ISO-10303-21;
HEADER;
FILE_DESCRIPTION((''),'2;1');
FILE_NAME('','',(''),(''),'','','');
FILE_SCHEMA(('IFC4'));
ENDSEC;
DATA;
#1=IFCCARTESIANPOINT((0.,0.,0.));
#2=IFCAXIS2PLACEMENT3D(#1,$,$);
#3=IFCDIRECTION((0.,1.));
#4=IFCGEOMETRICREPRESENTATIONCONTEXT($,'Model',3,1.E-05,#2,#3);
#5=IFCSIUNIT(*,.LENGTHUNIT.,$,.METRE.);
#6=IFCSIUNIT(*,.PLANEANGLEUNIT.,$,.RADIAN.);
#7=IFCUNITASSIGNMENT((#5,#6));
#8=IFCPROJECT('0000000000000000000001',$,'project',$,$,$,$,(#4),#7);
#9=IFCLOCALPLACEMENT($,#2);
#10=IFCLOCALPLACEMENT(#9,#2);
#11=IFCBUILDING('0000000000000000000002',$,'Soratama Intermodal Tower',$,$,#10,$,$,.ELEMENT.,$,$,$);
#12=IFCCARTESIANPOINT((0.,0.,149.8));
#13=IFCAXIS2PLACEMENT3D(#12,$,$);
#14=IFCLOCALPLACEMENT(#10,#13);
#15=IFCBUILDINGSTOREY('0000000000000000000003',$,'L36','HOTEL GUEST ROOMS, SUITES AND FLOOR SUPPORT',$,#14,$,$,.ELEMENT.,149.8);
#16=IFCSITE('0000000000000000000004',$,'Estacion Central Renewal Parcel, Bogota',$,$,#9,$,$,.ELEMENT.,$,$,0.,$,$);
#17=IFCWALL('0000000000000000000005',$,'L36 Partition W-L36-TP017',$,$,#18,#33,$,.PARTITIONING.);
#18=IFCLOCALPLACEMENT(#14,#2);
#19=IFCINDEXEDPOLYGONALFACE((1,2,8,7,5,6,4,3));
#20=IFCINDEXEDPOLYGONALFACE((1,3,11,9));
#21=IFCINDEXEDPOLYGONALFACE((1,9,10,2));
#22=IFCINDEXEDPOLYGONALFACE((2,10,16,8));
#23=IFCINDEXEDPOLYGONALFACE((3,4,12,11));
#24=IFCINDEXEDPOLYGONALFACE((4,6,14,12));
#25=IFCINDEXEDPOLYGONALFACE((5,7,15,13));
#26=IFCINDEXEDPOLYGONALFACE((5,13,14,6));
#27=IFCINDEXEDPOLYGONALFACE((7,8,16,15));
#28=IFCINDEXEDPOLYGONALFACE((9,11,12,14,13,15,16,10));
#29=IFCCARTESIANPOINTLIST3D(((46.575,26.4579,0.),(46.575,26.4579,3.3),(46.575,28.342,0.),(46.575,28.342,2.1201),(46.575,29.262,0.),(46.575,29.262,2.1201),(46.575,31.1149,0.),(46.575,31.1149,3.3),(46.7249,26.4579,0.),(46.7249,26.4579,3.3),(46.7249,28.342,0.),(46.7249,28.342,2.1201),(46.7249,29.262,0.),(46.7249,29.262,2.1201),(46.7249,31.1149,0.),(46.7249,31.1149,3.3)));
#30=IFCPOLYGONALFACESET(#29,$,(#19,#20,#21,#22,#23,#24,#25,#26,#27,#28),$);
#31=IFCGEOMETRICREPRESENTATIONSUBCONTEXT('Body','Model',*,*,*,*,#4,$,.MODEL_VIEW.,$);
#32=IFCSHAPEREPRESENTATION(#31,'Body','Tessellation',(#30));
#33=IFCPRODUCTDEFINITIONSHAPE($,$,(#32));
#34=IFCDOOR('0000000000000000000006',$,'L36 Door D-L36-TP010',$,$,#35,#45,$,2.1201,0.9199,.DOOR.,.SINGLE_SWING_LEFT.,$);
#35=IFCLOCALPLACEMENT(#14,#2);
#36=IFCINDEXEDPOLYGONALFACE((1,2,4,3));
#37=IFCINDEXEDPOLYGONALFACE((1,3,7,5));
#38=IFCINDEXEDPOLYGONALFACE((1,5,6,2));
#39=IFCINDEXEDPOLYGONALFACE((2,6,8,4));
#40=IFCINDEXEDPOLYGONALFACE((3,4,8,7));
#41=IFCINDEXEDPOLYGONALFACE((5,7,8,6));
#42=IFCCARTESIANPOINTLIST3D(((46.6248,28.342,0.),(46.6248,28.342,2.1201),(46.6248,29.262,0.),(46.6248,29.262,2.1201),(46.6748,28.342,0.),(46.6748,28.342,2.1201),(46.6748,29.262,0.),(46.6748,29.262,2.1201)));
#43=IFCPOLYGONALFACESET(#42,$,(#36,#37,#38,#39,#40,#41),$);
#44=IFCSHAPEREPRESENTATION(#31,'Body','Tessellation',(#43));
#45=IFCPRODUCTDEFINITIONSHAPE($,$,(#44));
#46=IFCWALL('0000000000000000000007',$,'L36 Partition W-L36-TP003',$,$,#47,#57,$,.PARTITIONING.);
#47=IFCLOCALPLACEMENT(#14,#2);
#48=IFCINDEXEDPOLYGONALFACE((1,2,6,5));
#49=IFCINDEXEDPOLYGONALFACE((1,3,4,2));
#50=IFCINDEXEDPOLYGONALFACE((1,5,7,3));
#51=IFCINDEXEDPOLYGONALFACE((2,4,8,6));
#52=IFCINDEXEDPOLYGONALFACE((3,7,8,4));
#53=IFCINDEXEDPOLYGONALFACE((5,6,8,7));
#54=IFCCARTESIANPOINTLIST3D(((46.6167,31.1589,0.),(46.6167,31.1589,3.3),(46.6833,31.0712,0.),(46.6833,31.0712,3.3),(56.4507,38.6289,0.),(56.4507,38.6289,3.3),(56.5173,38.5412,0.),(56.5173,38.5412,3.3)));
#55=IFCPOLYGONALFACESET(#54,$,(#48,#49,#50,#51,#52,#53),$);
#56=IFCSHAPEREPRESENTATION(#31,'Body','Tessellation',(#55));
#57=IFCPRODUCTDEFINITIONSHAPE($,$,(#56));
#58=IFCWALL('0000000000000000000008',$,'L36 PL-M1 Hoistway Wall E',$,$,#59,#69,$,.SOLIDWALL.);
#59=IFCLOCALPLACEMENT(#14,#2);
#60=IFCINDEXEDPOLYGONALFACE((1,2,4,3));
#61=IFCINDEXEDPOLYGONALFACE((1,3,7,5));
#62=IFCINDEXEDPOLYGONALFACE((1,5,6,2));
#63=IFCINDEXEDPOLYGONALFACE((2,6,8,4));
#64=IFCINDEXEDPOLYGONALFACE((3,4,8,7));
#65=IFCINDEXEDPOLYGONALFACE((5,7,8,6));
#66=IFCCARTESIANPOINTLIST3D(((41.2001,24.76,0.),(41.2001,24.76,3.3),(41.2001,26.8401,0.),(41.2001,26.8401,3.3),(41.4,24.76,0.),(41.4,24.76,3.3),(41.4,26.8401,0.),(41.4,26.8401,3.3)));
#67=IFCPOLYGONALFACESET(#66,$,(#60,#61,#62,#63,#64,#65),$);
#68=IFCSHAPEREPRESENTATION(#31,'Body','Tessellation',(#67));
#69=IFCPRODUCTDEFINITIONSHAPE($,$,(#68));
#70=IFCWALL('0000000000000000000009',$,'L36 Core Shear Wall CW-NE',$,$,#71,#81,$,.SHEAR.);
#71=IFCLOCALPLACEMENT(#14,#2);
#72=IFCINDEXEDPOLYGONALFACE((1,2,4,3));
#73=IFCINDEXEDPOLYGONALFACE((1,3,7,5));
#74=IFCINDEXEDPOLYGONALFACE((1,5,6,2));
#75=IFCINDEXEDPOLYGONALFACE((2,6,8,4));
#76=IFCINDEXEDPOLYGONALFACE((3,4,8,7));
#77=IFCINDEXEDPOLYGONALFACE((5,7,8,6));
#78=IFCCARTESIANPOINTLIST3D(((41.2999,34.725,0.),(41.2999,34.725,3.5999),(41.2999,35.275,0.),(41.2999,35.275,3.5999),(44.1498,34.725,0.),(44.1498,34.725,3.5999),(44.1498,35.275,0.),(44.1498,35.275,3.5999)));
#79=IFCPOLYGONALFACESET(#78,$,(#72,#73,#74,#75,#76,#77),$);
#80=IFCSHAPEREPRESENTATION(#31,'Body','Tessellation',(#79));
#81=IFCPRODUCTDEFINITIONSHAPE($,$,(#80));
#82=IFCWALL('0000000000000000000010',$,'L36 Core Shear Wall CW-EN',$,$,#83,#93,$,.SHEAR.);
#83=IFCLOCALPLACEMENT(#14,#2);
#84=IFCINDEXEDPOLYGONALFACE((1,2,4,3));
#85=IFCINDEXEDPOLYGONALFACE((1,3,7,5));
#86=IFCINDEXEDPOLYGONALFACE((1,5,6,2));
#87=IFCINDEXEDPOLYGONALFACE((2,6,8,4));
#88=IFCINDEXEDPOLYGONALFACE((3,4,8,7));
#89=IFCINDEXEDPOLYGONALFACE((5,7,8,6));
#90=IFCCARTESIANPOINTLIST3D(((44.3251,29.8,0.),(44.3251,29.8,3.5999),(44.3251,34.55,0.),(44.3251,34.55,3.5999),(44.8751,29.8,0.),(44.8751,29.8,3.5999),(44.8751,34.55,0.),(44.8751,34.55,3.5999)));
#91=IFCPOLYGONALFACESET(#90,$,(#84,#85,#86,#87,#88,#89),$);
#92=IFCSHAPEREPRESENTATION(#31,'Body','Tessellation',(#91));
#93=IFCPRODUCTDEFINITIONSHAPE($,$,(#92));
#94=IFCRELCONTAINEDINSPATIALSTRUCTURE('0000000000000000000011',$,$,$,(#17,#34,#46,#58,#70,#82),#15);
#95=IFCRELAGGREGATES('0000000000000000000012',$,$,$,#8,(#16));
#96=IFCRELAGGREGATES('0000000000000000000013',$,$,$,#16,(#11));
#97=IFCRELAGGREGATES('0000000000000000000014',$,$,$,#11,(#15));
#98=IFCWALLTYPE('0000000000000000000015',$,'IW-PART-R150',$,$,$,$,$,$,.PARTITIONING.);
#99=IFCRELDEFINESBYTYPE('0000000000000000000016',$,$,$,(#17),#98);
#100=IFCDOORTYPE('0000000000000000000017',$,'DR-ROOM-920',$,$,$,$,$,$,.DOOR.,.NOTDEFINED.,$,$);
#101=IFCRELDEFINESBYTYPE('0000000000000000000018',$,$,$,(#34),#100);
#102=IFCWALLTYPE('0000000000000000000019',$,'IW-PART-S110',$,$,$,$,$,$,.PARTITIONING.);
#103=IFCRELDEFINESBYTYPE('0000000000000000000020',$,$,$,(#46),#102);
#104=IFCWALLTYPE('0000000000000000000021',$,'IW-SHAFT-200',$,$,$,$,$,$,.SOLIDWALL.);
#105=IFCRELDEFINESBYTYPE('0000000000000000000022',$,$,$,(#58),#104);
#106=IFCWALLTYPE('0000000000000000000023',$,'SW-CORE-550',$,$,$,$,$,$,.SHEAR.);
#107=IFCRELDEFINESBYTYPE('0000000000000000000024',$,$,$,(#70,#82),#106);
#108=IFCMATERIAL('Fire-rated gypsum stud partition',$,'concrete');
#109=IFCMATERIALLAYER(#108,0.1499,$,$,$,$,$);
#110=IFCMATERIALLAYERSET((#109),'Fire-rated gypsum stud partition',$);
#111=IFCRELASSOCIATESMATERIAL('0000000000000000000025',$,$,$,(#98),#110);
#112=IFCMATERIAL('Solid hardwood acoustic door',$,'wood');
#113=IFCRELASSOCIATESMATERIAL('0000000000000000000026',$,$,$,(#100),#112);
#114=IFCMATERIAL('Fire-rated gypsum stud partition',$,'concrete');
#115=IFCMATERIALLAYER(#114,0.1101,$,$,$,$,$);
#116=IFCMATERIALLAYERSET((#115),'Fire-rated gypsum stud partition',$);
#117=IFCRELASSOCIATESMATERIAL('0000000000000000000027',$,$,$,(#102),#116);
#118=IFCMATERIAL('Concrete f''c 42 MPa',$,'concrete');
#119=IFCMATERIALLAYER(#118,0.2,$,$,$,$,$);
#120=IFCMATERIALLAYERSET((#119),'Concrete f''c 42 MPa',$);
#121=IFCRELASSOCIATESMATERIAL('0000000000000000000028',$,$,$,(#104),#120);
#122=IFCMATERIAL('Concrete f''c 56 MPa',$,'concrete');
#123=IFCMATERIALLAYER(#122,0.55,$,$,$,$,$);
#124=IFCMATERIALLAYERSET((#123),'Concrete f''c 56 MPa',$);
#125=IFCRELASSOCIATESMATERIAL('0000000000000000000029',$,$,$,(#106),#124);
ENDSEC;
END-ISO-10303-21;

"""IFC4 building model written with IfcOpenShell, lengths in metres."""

from ifc_helpers import new_model, si_unit, direction, frame, frame_2d, origin, place, context, subcontext, project, spatial, rectangle, extrude, material, layer, layer_set, type_object, element, fill, save


model = new_model("IFC4")

# Units and contexts
model_context = context("Model", 3, precision=1e-05, world=origin(), true_north=direction((0.0, 1.0)))
body_context = subcontext(model_context, "Body", "Model", "MODEL_VIEW")
ifc_project = project(units=[si_unit("LENGTHUNIT", "METRE"), si_unit("PLANEANGLEUNIT", "RADIAN")], contexts=[model_context])

# Site, building, storey
site_placement = place(None, origin())
site = spatial("IfcSite", under=ifc_project, at=site_placement, Name="Estacion Central Renewal Parcel, Bogota", CompositionType="ELEMENT", RefElevation=0.0)
building_placement = place(site_placement, origin())
building = spatial("IfcBuilding", under=site, at=building_placement, Name="Soratama Intermodal Tower", CompositionType="ELEMENT")
storey_placement = place(building_placement, frame((0.0, 0.0, 149.8)))
storey = spatial("IfcBuildingStorey", under=building, at=storey_placement, Name="L36", Description="HOTEL GUEST ROOMS, SUITES AND FLOOR SUPPORT", CompositionType="ELEMENT", Elevation=149.8)

# Wall, opening, door
ifc_material_1 = material(Name="Fire-rated gypsum stud partition", Category="concrete")
ifc_layer_1 = layer(ifc_material_1, 0.1499)
ifc_layer_set_1 = layer_set([ifc_layer_1], Name="Fire-rated gypsum stud partition")
wall_type_1 = type_object("IfcWallType", Name="IW-PART-R150", PredefinedType="PARTITIONING", material=ifc_layer_set_1)
wall_1_placement = place(storey_placement, frame((46.6499, 31.115, 0.0), z_axis=(0.0, 0.0, 1.0), x_axis=(0.0, -1.0, 0.0)))
wall_1 = element("IfcWall", 1, at=wall_1_placement, inside=storey, type_object=wall_type_1, Name="L36 Partition W-L36-TP017", PredefinedType="PARTITIONING", context=body_context, shape_type="SweptSolid", body=[
    extrude(rectangle(XDim=4.657, YDim=0.1499, at=frame_2d((2.3286, 0.0))), origin(), (0.0, 0.0, 1.0), 3.3),
])
opening_1_placement = place(wall_1_placement, frame((1.853, 0.0, 0.0)))
opening_1 = element("IfcOpeningElement", 2, at=opening_1_placement, cuts=wall_1, PredefinedType="OPENING", context=body_context, shape_type="SweptSolid", body=[
    extrude(rectangle(XDim=0.9199, YDim=2.1201, at=frame_2d((0.46, 1.0601))), frame((0.0, 0.085, 0.0), z_axis=(0.0, -1.0, 0.0), x_axis=(1.0, 0.0, 0.0)), (0.0, 0.0, 1.0), 0.1699),
])
ifc_material_2 = material(Name="Solid hardwood acoustic door", Category="wood")
door_type_1 = type_object("IfcDoorType", Name="DR-ROOM-920", OperationType="NOTDEFINED", PredefinedType="DOOR", material=ifc_material_2)
door_1_placement = place(opening_1_placement, origin())
door_1 = element("IfcDoor", 3, at=door_1_placement, inside=storey, type_object=door_type_1, Name="L36 Door D-L36-TP010", OperationType="SINGLE_SWING_LEFT", OverallHeight=2.1201, OverallWidth=0.9199, PredefinedType="DOOR", context=body_context, shape_type="SweptSolid", body=[
    extrude(rectangle(XDim=0.9199, YDim=2.1201, at=frame_2d((0.46, 1.0601))), frame((0.0, 0.0249, 0.0), z_axis=(0.0, -1.0, 0.0), x_axis=(1.0, 0.0, 0.0)), (0.0, 0.0, 1.0), 0.05),
])
fill(opening_1, door_1)

# Walls
ifc_material_3 = material(Name="Fire-rated gypsum stud partition", Category="concrete")
ifc_layer_2 = layer(ifc_material_3, 0.1101)
ifc_layer_set_2 = layer_set([ifc_layer_2], Name="Fire-rated gypsum stud partition")
wall_type_2 = type_object("IfcWallType", Name="IW-PART-S110", PredefinedType="PARTITIONING", material=ifc_layer_set_2)
wall_2_placement = place(storey_placement, frame((46.6499, 31.115, 0.0), z_axis=(0.0, 0.0, 1.0), x_axis=(0.796313, 0.604885, 0.0)))
element("IfcWall", 4, at=wall_2_placement, inside=storey, type_object=wall_type_2, Name="L36 Partition W-L36-TP003", PredefinedType="PARTITIONING", context=body_context, shape_type="SweptSolid", body=[
    extrude(rectangle(XDim=12.3494, YDim=0.1101, at=frame_2d((6.1748, 0.0))), origin(), (0.0, 0.0, 1.0), 3.3),
])
ifc_material_4 = material(Name="Concrete f'c 42 MPa", Category="concrete")
ifc_layer_3 = layer(ifc_material_4, 0.2)
ifc_layer_set_3 = layer_set([ifc_layer_3], Name="Concrete f'c 42 MPa")
wall_type_3 = type_object("IfcWallType", Name="IW-SHAFT-200", PredefinedType="SOLIDWALL", material=ifc_layer_set_3)
wall_3_placement = place(storey_placement, frame((41.3, 24.76, 0.0), z_axis=(0.0, 0.0, 1.0), x_axis=(0.0, 1.0, 0.0)))
element("IfcWall", 5, at=wall_3_placement, inside=storey, type_object=wall_type_3, Name="L36 PL-M1 Hoistway Wall E", PredefinedType="SOLIDWALL", context=body_context, shape_type="SweptSolid", body=[
    extrude(rectangle(XDim=2.0801, YDim=0.2, at=frame_2d((1.04, 0.0))), origin(), (0.0, 0.0, 1.0), 3.3),
])
ifc_material_5 = material(Name="Concrete f'c 56 MPa", Category="concrete")
ifc_layer_4 = layer(ifc_material_5, 0.55)
ifc_layer_set_4 = layer_set([ifc_layer_4], Name="Concrete f'c 56 MPa")
wall_type_4 = type_object("IfcWallType", Name="SW-CORE-550", PredefinedType="SHEAR", material=ifc_layer_set_4)
wall_4_placement = place(storey_placement, frame((41.3, 35.0, 0.0), z_axis=(0.0, 0.0, 1.0), x_axis=(1.0, 0.0, 0.0)))
element("IfcWall", 6, at=wall_4_placement, inside=storey, type_object=wall_type_4, Name="L36 Core Shear Wall CW-NE", PredefinedType="SHEAR", context=body_context, shape_type="SweptSolid", body=[
    extrude(rectangle(XDim=2.8499, YDim=0.55, at=frame_2d((1.4248, 0.0))), origin(), (0.0, 0.0, 1.0), 3.5999),
])
wall_5_placement = place(storey_placement, frame((44.6001, 29.8, 0.0), z_axis=(0.0, 0.0, 1.0), x_axis=(0.0, 1.0, 0.0)))
element("IfcWall", 7, at=wall_5_placement, inside=storey, type_object=wall_type_4, Name="L36 Core Shear Wall CW-EN", PredefinedType="SHEAR", context=body_context, shape_type="SweptSolid", body=[
    extrude(rectangle(XDim=4.75, YDim=0.55, at=frame_2d((2.375, 0.0))), origin(), (0.0, 0.0, 1.0), 3.5999),
])

save(model, "model.ifc")
